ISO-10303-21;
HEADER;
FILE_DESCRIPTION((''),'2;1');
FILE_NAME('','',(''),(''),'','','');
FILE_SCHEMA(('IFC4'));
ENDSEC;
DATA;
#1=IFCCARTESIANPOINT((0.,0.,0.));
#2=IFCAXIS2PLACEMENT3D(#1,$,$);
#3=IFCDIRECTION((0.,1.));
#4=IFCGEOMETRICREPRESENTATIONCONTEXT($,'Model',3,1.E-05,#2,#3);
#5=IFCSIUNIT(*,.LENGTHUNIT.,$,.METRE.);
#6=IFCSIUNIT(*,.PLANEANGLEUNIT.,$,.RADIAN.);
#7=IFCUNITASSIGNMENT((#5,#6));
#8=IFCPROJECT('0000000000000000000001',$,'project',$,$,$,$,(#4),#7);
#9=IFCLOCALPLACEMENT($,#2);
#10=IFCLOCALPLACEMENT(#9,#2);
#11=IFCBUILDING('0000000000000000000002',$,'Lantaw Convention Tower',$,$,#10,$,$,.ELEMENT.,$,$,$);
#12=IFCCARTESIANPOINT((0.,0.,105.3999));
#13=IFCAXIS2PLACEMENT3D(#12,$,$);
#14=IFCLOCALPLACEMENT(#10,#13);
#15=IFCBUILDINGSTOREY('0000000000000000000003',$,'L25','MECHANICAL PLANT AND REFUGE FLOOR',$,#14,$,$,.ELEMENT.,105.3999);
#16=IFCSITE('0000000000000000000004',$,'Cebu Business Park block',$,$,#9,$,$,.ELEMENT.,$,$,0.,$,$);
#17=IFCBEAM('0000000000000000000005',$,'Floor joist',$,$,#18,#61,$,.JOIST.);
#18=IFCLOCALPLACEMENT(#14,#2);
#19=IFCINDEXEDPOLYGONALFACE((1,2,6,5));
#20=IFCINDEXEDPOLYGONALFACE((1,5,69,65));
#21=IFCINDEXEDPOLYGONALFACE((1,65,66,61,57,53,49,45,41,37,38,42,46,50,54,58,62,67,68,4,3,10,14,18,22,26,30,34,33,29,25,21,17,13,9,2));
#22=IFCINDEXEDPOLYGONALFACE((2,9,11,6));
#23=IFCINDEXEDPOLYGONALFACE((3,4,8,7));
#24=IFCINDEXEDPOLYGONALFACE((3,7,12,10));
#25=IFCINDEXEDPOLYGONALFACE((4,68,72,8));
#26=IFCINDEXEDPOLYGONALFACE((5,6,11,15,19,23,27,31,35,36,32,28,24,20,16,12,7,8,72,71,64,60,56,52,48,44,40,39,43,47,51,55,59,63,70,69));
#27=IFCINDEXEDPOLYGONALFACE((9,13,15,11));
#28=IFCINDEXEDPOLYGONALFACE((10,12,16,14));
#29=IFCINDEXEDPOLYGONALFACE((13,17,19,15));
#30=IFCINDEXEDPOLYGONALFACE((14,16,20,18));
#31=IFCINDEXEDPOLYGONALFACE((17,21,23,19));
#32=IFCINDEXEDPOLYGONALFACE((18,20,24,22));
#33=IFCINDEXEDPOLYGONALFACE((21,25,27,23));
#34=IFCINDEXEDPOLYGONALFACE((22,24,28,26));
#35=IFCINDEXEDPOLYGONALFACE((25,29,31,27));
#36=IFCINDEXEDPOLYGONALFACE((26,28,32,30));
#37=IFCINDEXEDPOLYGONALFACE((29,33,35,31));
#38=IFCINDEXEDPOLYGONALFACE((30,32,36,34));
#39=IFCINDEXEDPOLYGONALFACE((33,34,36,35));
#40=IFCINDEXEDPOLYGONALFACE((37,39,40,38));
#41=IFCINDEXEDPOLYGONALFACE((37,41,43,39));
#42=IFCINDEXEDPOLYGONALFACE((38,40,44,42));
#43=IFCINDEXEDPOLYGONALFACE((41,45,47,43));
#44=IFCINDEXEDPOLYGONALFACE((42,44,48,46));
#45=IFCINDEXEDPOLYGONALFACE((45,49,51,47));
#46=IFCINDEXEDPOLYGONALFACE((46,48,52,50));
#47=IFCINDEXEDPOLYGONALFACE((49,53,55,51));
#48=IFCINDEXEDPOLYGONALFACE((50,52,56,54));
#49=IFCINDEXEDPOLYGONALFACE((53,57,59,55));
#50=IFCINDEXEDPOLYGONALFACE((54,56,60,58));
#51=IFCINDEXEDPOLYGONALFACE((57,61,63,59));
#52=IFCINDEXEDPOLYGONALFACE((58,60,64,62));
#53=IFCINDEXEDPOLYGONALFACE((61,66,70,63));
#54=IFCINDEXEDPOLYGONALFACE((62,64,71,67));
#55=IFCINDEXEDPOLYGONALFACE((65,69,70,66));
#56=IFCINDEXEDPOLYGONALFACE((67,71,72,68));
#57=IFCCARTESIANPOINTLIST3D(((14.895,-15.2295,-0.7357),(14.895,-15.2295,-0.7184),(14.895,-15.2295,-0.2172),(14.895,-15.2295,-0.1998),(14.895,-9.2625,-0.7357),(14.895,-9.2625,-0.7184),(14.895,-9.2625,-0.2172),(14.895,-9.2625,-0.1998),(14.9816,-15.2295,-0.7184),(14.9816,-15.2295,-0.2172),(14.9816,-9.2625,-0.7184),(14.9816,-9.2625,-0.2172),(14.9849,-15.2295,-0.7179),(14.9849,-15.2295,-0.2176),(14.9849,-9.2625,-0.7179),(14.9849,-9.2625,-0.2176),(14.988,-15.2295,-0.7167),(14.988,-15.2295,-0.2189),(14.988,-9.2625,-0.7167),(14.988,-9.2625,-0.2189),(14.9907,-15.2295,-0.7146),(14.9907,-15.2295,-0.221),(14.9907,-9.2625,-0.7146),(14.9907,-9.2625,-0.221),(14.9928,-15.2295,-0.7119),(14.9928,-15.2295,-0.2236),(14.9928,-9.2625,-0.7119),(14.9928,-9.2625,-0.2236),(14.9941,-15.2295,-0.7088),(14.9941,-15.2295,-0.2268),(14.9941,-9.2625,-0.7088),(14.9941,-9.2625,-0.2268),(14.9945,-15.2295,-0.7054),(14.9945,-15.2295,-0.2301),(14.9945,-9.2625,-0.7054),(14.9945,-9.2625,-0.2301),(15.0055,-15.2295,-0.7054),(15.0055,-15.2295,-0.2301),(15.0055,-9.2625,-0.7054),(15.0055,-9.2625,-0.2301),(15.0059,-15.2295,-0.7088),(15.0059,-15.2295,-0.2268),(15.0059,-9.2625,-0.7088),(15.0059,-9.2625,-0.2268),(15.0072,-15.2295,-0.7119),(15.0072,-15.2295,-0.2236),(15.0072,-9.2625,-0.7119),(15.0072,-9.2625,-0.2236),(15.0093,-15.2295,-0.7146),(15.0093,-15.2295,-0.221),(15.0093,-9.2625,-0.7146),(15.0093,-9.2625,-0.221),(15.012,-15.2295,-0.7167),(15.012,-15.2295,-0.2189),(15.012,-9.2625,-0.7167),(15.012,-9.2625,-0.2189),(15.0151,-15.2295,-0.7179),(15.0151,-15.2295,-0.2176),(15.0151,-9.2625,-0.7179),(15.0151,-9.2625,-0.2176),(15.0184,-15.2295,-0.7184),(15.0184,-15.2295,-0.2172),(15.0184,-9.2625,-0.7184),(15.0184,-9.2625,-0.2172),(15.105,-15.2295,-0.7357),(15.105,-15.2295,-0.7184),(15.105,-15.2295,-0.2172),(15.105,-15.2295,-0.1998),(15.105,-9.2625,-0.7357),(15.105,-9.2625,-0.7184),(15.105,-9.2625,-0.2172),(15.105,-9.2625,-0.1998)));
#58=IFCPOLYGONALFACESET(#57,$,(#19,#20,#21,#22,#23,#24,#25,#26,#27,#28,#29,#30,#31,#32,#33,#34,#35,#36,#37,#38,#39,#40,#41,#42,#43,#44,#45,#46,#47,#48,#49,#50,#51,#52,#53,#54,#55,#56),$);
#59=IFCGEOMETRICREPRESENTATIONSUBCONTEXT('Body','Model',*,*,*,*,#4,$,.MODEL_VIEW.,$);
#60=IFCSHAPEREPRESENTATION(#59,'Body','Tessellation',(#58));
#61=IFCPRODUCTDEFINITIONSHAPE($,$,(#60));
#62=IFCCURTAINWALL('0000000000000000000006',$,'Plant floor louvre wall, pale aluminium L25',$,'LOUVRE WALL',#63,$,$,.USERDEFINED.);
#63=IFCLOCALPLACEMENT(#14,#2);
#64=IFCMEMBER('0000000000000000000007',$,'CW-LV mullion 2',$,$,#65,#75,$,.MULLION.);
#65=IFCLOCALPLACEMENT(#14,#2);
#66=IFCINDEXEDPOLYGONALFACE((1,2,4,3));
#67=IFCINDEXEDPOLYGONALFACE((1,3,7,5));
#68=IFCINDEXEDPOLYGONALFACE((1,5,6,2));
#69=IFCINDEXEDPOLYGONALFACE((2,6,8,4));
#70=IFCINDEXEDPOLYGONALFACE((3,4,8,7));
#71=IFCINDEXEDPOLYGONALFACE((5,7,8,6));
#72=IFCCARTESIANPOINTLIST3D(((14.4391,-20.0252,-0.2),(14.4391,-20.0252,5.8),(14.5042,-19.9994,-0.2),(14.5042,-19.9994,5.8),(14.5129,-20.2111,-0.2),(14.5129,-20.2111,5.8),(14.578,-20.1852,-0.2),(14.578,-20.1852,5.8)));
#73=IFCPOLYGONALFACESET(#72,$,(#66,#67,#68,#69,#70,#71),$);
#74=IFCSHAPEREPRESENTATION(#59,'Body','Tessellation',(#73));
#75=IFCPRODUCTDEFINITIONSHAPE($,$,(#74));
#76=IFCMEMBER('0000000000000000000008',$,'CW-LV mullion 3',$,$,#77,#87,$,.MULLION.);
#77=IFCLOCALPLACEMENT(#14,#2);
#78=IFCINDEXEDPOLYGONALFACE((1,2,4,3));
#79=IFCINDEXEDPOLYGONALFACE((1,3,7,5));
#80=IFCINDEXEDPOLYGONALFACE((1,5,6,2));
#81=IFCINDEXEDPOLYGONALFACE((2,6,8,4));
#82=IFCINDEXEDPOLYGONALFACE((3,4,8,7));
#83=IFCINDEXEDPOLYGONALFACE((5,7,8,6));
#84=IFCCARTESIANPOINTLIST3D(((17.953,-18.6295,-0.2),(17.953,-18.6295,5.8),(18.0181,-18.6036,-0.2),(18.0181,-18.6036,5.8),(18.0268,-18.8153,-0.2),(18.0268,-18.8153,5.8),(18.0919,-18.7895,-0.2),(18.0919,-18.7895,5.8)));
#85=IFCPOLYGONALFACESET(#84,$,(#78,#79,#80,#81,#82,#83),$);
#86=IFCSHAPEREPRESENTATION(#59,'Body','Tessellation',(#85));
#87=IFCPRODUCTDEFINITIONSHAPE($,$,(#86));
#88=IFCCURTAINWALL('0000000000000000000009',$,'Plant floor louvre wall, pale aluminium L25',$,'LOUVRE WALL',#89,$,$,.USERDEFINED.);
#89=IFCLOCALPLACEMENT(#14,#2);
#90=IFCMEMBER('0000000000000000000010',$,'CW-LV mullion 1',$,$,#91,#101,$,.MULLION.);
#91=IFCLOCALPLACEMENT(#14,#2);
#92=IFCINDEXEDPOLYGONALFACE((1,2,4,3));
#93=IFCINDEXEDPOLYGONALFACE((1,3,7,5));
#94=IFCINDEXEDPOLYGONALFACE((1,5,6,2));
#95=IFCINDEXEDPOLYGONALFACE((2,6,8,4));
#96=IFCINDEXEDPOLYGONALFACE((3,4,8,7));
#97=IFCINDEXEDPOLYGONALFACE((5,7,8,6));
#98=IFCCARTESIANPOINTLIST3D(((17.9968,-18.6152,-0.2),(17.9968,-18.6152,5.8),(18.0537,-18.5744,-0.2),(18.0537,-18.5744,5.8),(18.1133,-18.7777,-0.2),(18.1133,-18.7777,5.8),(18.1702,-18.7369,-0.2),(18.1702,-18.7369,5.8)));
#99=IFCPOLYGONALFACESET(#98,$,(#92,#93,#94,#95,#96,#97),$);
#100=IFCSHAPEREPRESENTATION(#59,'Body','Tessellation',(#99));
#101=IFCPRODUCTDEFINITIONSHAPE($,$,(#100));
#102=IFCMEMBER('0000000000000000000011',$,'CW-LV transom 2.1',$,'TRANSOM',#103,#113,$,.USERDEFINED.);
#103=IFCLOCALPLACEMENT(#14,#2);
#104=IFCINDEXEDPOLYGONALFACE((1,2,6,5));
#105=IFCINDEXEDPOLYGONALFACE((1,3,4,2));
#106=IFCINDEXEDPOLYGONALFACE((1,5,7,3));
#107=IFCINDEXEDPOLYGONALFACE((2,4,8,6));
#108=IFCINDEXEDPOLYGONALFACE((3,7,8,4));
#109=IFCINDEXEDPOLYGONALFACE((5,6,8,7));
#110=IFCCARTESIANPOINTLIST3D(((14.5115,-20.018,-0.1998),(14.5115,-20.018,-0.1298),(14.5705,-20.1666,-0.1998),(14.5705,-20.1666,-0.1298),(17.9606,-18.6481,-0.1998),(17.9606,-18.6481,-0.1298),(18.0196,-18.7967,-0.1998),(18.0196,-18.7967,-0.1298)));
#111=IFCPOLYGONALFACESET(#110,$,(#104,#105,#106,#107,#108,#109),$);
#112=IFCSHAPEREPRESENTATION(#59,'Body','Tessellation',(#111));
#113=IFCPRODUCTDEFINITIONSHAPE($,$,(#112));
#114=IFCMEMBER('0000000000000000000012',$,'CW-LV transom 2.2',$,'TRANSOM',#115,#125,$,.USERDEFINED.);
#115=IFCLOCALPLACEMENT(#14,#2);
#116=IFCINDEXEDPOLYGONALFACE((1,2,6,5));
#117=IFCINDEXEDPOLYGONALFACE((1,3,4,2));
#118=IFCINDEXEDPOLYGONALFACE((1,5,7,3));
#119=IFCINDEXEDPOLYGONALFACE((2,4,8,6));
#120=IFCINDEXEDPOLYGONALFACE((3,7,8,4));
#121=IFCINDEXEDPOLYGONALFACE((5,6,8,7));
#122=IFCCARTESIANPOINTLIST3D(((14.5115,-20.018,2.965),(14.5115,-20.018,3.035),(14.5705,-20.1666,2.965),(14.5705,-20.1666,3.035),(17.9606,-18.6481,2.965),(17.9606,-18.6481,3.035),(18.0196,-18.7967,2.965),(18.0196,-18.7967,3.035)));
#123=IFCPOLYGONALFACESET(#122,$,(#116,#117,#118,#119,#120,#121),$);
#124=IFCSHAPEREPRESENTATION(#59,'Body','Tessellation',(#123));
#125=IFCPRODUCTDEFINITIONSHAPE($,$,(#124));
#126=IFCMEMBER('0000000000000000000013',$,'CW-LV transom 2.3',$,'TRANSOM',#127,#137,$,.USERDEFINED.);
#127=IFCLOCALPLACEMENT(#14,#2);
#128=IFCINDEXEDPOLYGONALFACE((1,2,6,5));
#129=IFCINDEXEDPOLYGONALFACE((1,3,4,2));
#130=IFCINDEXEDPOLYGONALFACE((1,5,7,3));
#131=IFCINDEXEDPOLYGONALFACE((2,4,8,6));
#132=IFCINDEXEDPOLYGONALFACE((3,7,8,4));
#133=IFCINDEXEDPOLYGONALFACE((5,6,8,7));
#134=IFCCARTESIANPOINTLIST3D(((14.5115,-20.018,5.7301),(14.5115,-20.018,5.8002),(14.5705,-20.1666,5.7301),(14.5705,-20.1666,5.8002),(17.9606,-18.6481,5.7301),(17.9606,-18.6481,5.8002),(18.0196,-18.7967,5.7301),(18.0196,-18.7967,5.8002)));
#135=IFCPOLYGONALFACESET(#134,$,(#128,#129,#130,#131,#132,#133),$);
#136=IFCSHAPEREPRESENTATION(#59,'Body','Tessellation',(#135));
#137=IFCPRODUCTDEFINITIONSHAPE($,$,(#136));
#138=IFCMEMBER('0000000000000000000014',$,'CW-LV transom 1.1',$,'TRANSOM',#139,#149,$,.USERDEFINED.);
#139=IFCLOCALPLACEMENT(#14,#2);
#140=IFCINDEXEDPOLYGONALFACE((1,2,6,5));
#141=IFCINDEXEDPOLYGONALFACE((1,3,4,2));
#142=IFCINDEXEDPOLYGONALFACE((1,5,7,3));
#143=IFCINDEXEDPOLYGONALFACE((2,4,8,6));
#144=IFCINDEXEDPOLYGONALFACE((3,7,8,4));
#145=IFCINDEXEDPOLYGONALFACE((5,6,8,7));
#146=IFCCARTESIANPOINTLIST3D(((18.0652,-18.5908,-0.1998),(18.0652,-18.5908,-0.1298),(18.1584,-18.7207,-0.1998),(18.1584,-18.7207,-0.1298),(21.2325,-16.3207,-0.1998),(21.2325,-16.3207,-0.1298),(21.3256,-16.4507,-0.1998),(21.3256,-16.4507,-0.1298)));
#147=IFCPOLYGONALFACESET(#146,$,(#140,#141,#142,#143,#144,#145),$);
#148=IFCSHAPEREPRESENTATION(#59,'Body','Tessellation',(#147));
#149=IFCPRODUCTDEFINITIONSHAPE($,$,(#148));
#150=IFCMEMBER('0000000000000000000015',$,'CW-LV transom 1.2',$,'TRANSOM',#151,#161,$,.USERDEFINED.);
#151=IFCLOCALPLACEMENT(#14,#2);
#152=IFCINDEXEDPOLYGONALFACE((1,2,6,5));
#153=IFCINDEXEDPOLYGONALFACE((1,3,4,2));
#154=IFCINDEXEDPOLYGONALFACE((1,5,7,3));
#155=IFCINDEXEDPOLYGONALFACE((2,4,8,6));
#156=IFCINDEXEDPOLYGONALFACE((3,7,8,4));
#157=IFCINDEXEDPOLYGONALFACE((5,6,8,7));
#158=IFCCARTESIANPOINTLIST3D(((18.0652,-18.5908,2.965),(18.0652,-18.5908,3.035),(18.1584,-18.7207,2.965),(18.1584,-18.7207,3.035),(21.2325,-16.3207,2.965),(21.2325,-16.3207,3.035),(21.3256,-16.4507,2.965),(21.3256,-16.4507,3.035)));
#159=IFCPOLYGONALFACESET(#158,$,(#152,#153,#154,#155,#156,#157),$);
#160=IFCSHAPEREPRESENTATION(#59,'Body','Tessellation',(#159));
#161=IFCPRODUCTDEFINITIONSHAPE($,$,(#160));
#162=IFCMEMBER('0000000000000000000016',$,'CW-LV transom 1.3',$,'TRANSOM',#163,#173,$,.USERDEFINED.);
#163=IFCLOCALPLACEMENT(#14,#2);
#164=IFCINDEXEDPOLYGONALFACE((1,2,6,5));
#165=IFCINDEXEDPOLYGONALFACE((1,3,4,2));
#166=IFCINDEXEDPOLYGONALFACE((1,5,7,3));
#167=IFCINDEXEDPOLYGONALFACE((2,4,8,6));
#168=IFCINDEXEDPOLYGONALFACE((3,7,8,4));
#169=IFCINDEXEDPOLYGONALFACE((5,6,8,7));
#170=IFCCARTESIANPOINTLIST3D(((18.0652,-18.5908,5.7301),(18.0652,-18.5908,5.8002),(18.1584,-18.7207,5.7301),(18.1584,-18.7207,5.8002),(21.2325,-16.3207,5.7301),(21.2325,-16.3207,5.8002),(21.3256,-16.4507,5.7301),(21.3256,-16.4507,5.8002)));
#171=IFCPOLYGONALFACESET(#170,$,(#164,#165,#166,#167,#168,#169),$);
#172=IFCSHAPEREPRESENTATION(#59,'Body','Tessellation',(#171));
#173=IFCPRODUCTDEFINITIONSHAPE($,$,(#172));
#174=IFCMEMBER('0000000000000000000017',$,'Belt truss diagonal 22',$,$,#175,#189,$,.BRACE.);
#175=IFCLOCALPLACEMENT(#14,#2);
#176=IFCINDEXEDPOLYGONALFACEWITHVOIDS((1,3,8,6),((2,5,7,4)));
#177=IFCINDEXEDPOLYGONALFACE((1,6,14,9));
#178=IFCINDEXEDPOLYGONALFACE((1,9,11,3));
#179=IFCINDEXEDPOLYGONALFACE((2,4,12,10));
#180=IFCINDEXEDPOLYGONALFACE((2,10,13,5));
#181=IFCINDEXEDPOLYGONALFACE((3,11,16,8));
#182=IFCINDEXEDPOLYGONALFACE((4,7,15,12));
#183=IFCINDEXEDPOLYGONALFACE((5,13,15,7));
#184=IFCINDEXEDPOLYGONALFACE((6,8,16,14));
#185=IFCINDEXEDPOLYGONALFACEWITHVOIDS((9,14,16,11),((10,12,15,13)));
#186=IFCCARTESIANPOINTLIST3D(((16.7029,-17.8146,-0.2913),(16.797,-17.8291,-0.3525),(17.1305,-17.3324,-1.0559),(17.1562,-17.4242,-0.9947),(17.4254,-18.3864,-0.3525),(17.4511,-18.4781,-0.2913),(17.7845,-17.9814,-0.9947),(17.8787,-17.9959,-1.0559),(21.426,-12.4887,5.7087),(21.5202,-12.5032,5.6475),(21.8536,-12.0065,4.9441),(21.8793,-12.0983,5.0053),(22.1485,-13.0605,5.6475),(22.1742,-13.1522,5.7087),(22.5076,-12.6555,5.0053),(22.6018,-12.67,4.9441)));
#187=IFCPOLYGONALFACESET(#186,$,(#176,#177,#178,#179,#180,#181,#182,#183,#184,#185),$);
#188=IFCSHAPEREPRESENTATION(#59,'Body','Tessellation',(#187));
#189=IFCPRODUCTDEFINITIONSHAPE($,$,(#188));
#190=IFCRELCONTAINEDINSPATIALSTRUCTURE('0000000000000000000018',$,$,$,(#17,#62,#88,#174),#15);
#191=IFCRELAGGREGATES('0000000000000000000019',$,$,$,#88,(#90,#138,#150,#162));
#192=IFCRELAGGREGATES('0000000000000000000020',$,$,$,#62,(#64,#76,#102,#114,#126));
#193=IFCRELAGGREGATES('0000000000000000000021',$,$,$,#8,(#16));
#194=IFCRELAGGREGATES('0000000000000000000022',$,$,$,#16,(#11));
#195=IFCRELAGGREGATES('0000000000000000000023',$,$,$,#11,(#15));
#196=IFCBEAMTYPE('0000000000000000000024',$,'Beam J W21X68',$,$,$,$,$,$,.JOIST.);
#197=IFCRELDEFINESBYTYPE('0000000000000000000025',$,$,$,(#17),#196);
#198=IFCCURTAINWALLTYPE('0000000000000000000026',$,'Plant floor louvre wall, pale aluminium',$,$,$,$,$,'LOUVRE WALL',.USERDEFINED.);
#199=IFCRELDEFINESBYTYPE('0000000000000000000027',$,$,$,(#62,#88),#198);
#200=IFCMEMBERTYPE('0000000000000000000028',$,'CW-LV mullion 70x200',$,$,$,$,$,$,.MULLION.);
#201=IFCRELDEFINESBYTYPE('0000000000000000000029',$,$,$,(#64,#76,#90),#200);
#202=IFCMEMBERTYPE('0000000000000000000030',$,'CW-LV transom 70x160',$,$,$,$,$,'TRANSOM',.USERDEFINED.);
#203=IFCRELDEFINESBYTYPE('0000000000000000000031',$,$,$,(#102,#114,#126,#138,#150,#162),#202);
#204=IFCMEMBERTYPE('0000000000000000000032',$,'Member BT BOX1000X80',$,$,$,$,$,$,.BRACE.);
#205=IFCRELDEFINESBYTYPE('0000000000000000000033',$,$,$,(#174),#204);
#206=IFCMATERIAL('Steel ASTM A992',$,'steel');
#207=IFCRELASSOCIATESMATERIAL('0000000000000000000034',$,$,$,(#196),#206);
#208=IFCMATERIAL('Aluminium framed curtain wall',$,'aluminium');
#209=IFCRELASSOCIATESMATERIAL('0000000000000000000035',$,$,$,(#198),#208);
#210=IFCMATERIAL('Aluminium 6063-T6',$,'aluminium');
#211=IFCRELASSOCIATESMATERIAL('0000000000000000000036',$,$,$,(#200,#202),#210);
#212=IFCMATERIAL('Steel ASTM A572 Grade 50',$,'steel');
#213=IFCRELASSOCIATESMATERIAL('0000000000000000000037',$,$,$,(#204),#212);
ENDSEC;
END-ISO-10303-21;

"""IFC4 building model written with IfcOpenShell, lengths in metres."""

from ifc_helpers import new_model, si_unit, direction, frame, origin, origin_2d, place, context, subcontext, project, spatial, rectangle, hollow_rectangle, i_section, extrude, material, material_profile, profile_set, type_object, element, aggregate, save


model = new_model("IFC4")

# Units and contexts
model_context = context("Model", 3, precision=1e-05, world=origin(), true_north=direction((0.0, 1.0)))
body_context = subcontext(model_context, "Body", "Model", "MODEL_VIEW")
ifc_project = project(units=[si_unit("LENGTHUNIT", "METRE"), si_unit("PLANEANGLEUNIT", "RADIAN")], contexts=[model_context])

# Site, building, storey
site_placement = place(None, origin())
site = spatial("IfcSite", under=ifc_project, at=site_placement, Name="Cebu Business Park block", CompositionType="ELEMENT", RefElevation=0.0)
building_placement = place(site_placement, origin())
building = spatial("IfcBuilding", under=site, at=building_placement, Name="Lantaw Convention Tower", CompositionType="ELEMENT")
storey_placement = place(building_placement, frame((0.0, 0.0, 105.3999)))
storey = spatial("IfcBuildingStorey", under=building, at=storey_placement, Name="L25", Description="MECHANICAL PLANT AND REFUGE FLOOR", CompositionType="ELEMENT", Elevation=105.3999)

# Beam
ifc_material_1 = material(Name="Steel ASTM A992", Category="steel")
ifc_material_profile_1 = material_profile(ifc_material_1, i_section(OverallWidth=0.21, OverallDepth=0.5359, WebThickness=0.011, FlangeThickness=0.0173, FilletRadius=0.0129, at=origin_2d()), Name="W21X68")
ifc_profile_set_1 = profile_set([ifc_material_profile_1], Name="Steel ASTM A992")
beam_type_1 = type_object("IfcBeamType", Name="Beam J W21X68", PredefinedType="JOIST", material=ifc_profile_set_1)
beam_1_placement = place(storey_placement, frame((15.0, -15.2295, -0.4678), z_axis=(0.0, 1.0, 0.0), x_axis=(-1.0, 0.0, 0.0)))
element("IfcBeam", 1, at=beam_1_placement, inside=storey, type_object=beam_type_1, Name="Floor joist", PredefinedType="JOIST", context=body_context, shape_type="SweptSolid", body=[
    extrude(i_section(OverallWidth=0.21, OverallDepth=0.5359, WebThickness=0.011, FlangeThickness=0.0173, FilletRadius=0.0129, at=origin_2d()), origin(), (0.0, 0.0, 1.0), 5.967),
])

# Curtain wall, members
ifc_material_2 = material(Name="Aluminium framed curtain wall", Category="aluminium")
curtain_wall_type = type_object("IfcCurtainWallType", Name="Plant floor louvre wall, pale aluminium", ElementType="LOUVRE WALL", PredefinedType="USERDEFINED", material=ifc_material_2)
curtain_wall_1_placement = place(storey_placement, origin())
curtain_wall_1 = element("IfcCurtainWall", 2, at=curtain_wall_1_placement, inside=storey, type_object=curtain_wall_type, Name="Plant floor louvre wall, pale aluminium L25", ObjectType="LOUVRE WALL", PredefinedType="USERDEFINED")
ifc_material_3 = material(Name="Aluminium 6063-T6", Category="aluminium")
ifc_material_profile_2 = material_profile(ifc_material_3, rectangle(XDim=0.2, YDim=0.0701, at=origin_2d()), Name="CW-LV mullion 70x200")
ifc_profile_set_2 = profile_set([ifc_material_profile_2], Name="Aluminium 6063-T6")
member_type_1 = type_object("IfcMemberType", Name="CW-LV mullion 70x200", PredefinedType="MULLION", material=ifc_profile_set_2)
member_1_placement = place(storey_placement, frame((14.5085, -20.1052, -0.2), z_axis=(0.0, 0.0, 1.0), x_axis=(-0.369172, 0.929361, 0.0)))
member_1 = element("IfcMember", 3, at=member_1_placement, type_object=member_type_1, Name="CW-LV mullion 2", PredefinedType="MULLION", context=body_context, shape_type="SweptSolid", body=[
    extrude(rectangle(XDim=0.2, YDim=0.0701, at=origin_2d()), origin(), (0.0, 0.0, 1.0), 6.0),
])
member_2_placement = place(storey_placement, frame((18.0225, -18.7095, -0.2), z_axis=(0.0, 0.0, 1.0), x_axis=(-0.369172, 0.929361, 0.0)))
member_2 = element("IfcMember", 4, at=member_2_placement, type_object=member_type_1, Name="CW-LV mullion 3", PredefinedType="MULLION", context=body_context, shape_type="SweptSolid", body=[
    extrude(rectangle(XDim=0.2, YDim=0.0701, at=origin_2d()), origin(), (0.0, 0.0, 1.0), 6.0),
])

# Curtain wall, member
curtain_wall_2_placement = place(storey_placement, origin())
curtain_wall_2 = element("IfcCurtainWall", 5, at=curtain_wall_2_placement, inside=storey, type_object=curtain_wall_type, Name="Plant floor louvre wall, pale aluminium L25", ObjectType="LOUVRE WALL", PredefinedType="USERDEFINED")
member_3_placement = place(storey_placement, frame((18.0835, -18.676, -0.2), z_axis=(0.0, 0.0, 1.0), x_axis=(-0.582538, 0.812804, 0.0)))
member_3 = element("IfcMember", 6, at=member_3_placement, type_object=member_type_1, Name="CW-LV mullion 1", PredefinedType="MULLION", context=body_context, shape_type="SweptSolid", body=[
    extrude(rectangle(XDim=0.2, YDim=0.0701, at=origin_2d()), origin(), (0.0, 0.0, 1.0), 6.0),
])

# Members
ifc_material_profile_3 = material_profile(ifc_material_3, rectangle(XDim=0.1599, YDim=0.0701, at=origin_2d()), Name="CW-LV transom 70x160")
ifc_profile_set_3 = profile_set([ifc_material_profile_3], Name="Aluminium 6063-T6")
member_type_2 = type_object("IfcMemberType", Name="CW-LV transom 70x160", ElementType="TRANSOM", PredefinedType="USERDEFINED", material=ifc_profile_set_3)
member_4_placement = place(storey_placement, frame((14.541, -20.0923, -0.1648), z_axis=(0.929377, 0.369132, 0.0), x_axis=(-0.369132, 0.929377, 0.0)))
member_4 = element("IfcMember", 7, at=member_4_placement, type_object=member_type_2, Name="CW-LV transom 2.1", ObjectType="TRANSOM", PredefinedType="USERDEFINED", context=body_context, shape_type="SweptSolid", body=[
    extrude(rectangle(XDim=0.1599, YDim=0.0701, at=origin_2d()), origin(), (0.0, 0.0, 1.0), 3.7112),
])
member_5_placement = place(storey_placement, frame((14.541, -20.0923, 3.0), z_axis=(0.929377, 0.369132, 0.0), x_axis=(-0.369132, 0.929377, 0.0)))
member_5 = element("IfcMember", 8, at=member_5_placement, type_object=member_type_2, Name="CW-LV transom 2.2", ObjectType="TRANSOM", PredefinedType="USERDEFINED", context=body_context, shape_type="SweptSolid", body=[
    extrude(rectangle(XDim=0.1599, YDim=0.0701, at=origin_2d()), origin(), (0.0, 0.0, 1.0), 3.7112),
])
member_6_placement = place(storey_placement, frame((14.541, -20.0923, 5.7651), z_axis=(0.929377, 0.369132, 0.0), x_axis=(-0.369132, 0.929377, 0.0)))
member_6 = element("IfcMember", 9, at=member_6_placement, type_object=member_type_2, Name="CW-LV transom 2.3", ObjectType="TRANSOM", PredefinedType="USERDEFINED", context=body_context, shape_type="SweptSolid", body=[
    extrude(rectangle(XDim=0.1599, YDim=0.0701, at=origin_2d()), origin(), (0.0, 0.0, 1.0), 3.7112),
])
member_7_placement = place(storey_placement, frame((18.1118, -18.6558, -0.1648), z_axis=(0.812797, 0.582547, 0.0), x_axis=(-0.582547, 0.812797, 0.0)))
member_7 = element("IfcMember", 10, at=member_7_placement, type_object=member_type_2, Name="CW-LV transom 1.1", ObjectType="TRANSOM", PredefinedType="USERDEFINED", context=body_context, shape_type="SweptSolid", body=[
    extrude(rectangle(XDim=0.1599, YDim=0.0701, at=origin_2d()), origin(), (0.0, 0.0, 1.0), 3.8967),
])
member_8_placement = place(storey_placement, frame((18.1118, -18.6558, 3.0), z_axis=(0.812797, 0.582547, 0.0), x_axis=(-0.582547, 0.812797, 0.0)))
member_8 = element("IfcMember", 11, at=member_8_placement, type_object=member_type_2, Name="CW-LV transom 1.2", ObjectType="TRANSOM", PredefinedType="USERDEFINED", context=body_context, shape_type="SweptSolid", body=[
    extrude(rectangle(XDim=0.1599, YDim=0.0701, at=origin_2d()), origin(), (0.0, 0.0, 1.0), 3.8967),
])
member_9_placement = place(storey_placement, frame((18.1118, -18.6558, 5.7651), z_axis=(0.812797, 0.582547, 0.0), x_axis=(-0.582547, 0.812797, 0.0)))
member_9 = element("IfcMember", 12, at=member_9_placement, type_object=member_type_2, Name="CW-LV transom 1.3", ObjectType="TRANSOM", PredefinedType="USERDEFINED", context=body_context, shape_type="SweptSolid", body=[
    extrude(rectangle(XDim=0.1599, YDim=0.0701, at=origin_2d()), origin(), (0.0, 0.0, 1.0), 3.8967),
])
aggregate(curtain_wall_2, [member_3, member_7, member_8, member_9])

# Member
ifc_material_4 = material(Name="Steel ASTM A572 Grade 50", Category="steel")
ifc_material_profile_4 = material_profile(ifc_material_4, hollow_rectangle(XDim=1.0, YDim=1.0, WallThickness=0.0801, at=origin_2d()), Name="BOX1000X80")
ifc_profile_set_4 = profile_set([ifc_material_profile_4], Name="Steel ASTM A572 Grade 50")
member_type_3 = type_object("IfcMemberType", Name="Member BT BOX1000X80", PredefinedType="BRACE", material=ifc_profile_set_4)
member_10_placement = place(storey_placement, frame((17.2908, -17.9053, -0.6736), z_axis=(0.507327, 0.572074, 0.644478), x_axis=(-0.748177, 0.663499, 0.0)))
element("IfcMember", 13, at=member_10_placement, inside=storey, type_object=member_type_3, Name="Belt truss diagonal 22", PredefinedType="BRACE", context=body_context, shape_type="SweptSolid", body=[
    extrude(hollow_rectangle(XDim=1.0, YDim=1.0, WallThickness=0.0801, at=origin_2d()), origin(), (0.0, 0.0, 1.0), 9.3098),
])

aggregate(curtain_wall_1, [member_1, member_2, member_4, member_5, member_6])

save(model, "model.ifc")
